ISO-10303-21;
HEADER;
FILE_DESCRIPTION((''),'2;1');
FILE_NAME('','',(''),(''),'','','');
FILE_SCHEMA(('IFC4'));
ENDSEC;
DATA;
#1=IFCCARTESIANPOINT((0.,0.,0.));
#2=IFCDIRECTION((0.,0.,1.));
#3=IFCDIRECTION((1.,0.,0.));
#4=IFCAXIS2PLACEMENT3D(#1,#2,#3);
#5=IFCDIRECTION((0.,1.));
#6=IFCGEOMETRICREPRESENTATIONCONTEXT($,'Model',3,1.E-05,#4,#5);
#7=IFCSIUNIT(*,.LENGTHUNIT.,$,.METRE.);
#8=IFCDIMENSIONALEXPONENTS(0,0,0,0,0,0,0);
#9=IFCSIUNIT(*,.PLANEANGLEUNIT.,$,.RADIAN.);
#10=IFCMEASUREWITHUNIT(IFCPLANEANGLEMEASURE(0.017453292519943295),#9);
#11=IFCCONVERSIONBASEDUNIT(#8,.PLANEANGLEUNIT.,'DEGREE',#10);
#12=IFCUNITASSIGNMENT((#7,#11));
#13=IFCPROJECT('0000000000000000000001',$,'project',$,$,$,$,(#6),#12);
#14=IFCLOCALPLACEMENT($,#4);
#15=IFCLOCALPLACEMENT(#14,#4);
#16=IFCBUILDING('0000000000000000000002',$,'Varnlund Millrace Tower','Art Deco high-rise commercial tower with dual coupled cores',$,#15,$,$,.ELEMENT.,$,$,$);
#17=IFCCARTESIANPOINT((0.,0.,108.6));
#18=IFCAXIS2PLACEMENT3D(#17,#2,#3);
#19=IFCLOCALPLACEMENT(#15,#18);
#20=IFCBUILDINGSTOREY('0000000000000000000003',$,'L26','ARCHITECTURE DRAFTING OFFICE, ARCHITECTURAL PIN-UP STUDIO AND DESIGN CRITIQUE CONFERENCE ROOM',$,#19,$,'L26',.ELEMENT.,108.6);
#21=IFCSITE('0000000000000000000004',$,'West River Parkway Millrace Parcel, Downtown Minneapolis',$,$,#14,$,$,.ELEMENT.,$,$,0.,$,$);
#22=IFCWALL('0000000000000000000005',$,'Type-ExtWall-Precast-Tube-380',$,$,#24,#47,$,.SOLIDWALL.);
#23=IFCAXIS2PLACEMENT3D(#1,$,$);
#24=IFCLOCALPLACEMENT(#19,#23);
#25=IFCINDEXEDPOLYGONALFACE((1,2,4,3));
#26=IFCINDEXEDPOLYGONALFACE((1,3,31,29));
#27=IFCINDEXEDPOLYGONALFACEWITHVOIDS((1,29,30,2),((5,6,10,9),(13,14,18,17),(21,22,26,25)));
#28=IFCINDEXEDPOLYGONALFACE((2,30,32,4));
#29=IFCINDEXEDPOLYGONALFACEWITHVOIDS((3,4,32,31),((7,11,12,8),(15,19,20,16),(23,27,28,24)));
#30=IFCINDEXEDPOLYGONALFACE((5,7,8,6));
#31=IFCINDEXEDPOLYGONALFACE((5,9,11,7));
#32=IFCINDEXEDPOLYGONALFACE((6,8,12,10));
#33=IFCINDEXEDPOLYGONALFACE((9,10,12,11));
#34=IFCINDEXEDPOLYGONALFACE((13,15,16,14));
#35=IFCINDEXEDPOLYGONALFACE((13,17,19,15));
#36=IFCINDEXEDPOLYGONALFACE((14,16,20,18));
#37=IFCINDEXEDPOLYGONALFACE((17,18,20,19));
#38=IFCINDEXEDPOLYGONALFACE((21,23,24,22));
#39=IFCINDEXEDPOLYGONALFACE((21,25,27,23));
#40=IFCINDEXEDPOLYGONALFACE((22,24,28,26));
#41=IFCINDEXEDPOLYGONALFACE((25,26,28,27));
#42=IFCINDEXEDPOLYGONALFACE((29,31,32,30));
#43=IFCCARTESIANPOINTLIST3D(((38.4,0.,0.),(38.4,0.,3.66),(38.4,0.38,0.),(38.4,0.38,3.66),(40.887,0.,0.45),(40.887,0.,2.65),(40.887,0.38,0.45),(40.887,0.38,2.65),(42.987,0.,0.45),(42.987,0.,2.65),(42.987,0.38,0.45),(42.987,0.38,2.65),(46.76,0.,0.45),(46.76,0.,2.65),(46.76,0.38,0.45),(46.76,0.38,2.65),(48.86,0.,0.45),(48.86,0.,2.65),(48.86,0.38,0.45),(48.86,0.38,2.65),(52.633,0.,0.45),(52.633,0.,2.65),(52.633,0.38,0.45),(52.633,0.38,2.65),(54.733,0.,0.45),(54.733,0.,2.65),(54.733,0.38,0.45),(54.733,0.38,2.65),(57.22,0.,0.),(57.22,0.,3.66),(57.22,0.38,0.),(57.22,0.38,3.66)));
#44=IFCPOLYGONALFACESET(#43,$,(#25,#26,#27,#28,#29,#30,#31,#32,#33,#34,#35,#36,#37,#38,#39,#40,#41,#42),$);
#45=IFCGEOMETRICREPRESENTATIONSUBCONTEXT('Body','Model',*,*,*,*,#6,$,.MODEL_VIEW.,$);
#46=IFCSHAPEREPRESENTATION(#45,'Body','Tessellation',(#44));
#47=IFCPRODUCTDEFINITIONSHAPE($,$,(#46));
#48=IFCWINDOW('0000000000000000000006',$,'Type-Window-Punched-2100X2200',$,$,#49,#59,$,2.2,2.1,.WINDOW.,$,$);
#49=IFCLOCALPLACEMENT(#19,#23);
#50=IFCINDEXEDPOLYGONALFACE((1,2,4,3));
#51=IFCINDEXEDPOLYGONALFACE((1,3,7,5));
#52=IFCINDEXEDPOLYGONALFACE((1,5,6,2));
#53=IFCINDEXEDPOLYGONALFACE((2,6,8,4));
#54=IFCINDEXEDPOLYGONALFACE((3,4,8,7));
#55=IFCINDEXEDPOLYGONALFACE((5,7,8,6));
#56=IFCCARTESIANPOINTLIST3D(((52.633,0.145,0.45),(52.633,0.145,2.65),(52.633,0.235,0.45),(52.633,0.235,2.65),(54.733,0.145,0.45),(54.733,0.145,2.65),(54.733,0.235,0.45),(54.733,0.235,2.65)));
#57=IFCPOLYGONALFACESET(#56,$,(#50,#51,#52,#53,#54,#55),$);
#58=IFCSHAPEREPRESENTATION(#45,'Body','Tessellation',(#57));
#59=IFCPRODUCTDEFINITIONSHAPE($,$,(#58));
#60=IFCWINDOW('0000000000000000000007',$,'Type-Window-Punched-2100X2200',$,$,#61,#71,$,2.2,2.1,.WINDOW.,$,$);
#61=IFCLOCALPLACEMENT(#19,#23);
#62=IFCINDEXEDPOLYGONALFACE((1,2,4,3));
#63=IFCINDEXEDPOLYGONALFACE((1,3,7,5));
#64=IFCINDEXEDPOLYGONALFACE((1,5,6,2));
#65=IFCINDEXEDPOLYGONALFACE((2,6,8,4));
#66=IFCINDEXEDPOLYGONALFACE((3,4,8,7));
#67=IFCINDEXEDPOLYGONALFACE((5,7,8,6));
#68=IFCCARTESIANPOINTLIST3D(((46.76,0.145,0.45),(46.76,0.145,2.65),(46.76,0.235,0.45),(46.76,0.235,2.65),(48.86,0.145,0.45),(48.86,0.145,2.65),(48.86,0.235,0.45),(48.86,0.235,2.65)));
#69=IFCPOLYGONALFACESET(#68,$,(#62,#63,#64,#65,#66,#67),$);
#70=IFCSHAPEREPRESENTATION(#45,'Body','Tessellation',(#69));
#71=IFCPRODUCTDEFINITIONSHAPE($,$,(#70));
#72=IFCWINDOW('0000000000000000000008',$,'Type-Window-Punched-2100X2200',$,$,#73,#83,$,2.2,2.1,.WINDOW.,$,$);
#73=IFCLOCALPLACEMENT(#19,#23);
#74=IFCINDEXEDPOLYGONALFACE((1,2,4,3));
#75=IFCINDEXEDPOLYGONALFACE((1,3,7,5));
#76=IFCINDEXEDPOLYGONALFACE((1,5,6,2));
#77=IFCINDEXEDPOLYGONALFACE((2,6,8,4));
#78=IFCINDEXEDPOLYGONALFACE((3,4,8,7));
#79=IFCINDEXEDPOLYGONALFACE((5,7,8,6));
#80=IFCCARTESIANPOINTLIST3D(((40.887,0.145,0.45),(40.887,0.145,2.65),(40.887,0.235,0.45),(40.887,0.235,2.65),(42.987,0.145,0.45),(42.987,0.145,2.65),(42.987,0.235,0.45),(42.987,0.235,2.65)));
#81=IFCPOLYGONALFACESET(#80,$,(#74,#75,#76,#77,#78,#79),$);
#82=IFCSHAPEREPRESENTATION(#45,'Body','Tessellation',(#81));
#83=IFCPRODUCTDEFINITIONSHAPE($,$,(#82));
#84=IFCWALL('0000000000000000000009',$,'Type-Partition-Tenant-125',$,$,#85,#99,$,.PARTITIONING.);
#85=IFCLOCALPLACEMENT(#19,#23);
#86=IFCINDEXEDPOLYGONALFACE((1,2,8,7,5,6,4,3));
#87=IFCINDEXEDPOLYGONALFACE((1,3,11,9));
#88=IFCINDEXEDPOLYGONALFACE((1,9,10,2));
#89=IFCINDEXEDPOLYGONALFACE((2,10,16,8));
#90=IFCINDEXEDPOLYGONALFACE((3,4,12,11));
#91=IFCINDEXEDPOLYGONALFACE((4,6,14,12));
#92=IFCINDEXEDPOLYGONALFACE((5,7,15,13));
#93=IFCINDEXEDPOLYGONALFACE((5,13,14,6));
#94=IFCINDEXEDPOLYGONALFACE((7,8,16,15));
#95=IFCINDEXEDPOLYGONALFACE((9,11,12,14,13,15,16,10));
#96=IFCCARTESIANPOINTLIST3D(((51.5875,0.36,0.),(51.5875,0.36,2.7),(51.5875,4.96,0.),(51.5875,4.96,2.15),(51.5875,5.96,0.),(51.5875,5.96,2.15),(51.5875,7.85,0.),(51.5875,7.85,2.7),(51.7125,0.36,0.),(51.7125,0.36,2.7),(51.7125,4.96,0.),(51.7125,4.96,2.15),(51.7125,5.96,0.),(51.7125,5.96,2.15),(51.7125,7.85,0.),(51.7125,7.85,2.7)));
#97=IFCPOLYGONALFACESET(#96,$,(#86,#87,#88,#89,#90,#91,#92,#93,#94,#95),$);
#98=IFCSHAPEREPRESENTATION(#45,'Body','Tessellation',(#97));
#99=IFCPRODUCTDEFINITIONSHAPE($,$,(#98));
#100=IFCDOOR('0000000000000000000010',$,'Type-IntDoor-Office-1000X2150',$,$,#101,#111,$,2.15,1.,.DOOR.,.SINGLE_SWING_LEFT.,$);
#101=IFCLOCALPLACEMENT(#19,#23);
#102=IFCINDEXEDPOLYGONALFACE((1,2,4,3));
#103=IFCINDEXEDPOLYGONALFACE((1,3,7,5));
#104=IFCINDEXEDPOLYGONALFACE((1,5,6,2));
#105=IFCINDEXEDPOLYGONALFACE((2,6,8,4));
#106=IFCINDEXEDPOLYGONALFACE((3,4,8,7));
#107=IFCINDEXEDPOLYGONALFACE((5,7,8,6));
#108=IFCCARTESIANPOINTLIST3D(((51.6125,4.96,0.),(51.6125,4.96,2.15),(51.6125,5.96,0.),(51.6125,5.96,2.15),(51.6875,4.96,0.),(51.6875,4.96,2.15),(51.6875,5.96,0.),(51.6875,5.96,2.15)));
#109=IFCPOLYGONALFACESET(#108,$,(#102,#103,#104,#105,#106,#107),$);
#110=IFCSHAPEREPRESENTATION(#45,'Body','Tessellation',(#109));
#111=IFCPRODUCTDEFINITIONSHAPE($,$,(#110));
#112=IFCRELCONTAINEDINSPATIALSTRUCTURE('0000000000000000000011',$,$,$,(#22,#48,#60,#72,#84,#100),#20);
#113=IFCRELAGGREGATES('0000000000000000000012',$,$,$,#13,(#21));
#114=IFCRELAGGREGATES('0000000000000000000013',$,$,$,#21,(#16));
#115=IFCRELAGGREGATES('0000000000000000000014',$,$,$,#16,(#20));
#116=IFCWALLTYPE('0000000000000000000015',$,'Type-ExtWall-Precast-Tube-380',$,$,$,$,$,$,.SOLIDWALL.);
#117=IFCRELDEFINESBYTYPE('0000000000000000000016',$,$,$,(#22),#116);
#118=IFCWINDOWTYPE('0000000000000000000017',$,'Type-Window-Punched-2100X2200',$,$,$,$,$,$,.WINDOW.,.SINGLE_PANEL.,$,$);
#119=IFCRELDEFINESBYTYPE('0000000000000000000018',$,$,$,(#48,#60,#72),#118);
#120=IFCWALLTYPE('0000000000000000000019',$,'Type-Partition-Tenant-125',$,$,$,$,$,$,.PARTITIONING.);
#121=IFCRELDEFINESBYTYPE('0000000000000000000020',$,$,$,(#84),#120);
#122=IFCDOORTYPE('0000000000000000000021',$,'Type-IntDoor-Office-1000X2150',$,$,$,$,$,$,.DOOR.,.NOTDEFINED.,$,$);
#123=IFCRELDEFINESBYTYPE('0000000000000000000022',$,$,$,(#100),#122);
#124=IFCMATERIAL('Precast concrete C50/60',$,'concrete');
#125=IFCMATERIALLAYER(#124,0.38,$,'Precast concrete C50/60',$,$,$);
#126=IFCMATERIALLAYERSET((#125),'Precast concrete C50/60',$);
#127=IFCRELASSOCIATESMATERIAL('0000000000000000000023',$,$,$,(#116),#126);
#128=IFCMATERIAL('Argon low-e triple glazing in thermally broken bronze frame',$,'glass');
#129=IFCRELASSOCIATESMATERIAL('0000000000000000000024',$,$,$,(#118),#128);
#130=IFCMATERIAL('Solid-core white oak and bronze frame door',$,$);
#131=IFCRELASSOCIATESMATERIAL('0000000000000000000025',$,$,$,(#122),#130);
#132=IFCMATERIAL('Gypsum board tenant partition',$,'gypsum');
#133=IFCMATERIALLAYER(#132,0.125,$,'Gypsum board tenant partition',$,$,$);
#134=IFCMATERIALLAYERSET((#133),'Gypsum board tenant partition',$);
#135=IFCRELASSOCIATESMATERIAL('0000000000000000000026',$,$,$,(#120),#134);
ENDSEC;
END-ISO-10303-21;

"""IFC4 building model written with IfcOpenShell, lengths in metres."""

from ifc_helpers import new_model, entity, si_unit, converted_unit, direction, frame, origin_with_axes, origin_2d_with_axis, place, context, subcontext, project, spatial, polyline, rectangle, outline, extrude, material, layer, layer_set, type_object, element, fill, save


model = new_model("IFC4")

# Units and contexts
model_context = context("Model", 3, precision=1e-05, world=origin_with_axes(), true_north=direction((0.0, 1.0)))
body_context = subcontext(model_context, "Body", "Model", "MODEL_VIEW")
ifc_project = project(units=[si_unit("LENGTHUNIT", "METRE"), converted_unit("PLANEANGLEUNIT", "DEGREE", entity("IfcPlaneAngleMeasure", 0.017453292519943295), si_unit("PLANEANGLEUNIT", "RADIAN"), dimensions=[0, 0, 0, 0, 0, 0, 0])], contexts=[model_context])

# Site, building, storey
site_placement = place(None, origin_with_axes())
site = spatial("IfcSite", under=ifc_project, at=site_placement, Name="West River Parkway Millrace Parcel, Downtown Minneapolis", CompositionType="ELEMENT", RefElevation=0.0)
building_placement = place(site_placement, origin_with_axes())
building = spatial("IfcBuilding", under=site, at=building_placement, Name="Varnlund Millrace Tower", Description="Art Deco high-rise commercial tower with dual coupled cores", CompositionType="ELEMENT")
storey_placement = place(building_placement, frame((0.0, 0.0, 108.6), z_axis=(0.0, 0.0, 1.0), x_axis=(1.0, 0.0, 0.0)))
storey = spatial("IfcBuildingStorey", under=building, at=storey_placement, Name="L26", Description="ARCHITECTURE DRAFTING OFFICE, ARCHITECTURAL PIN-UP STUDIO AND DESIGN CRITIQUE CONFERENCE ROOM", LongName="L26", CompositionType="ELEMENT", Elevation=108.6)

# Shared definitions
ifc_material_1 = material(Name="Precast concrete C50/60", Category="concrete")
ifc_layer_1 = layer(ifc_material_1, 0.38, Name="Precast concrete C50/60")
ifc_layer_set_1 = layer_set([ifc_layer_1], Name="Precast concrete C50/60")
wall_type_1 = type_object("IfcWallType", Name="Type-ExtWall-Precast-Tube-380", PredefinedType="SOLIDWALL", material=ifc_layer_set_1)

# Wall, openings, windows
wall_1_placement = place(storey_placement, frame((57.22, 0.19, 0.0), z_axis=(0.0, 0.0, 1.0), x_axis=(-1.0, 0.0, 0.0)))
wall_1 = element("IfcWall", 1, at=wall_1_placement, inside=storey, type_object=wall_type_1, Name="Type-ExtWall-Precast-Tube-380", PredefinedType="SOLIDWALL", context=body_context, shape_type="SweptSolid", body=[
    extrude(outline(polyline([(0.0, -0.19), (18.82, -0.19), (18.82, 0.19), (0.0, 0.19), (0.0, -0.19)])), origin_with_axes(), (0.0, 0.0, 1.0), 3.66),
])
opening_1_placement = place(wall_1_placement, frame((3.537, 0.0, 0.45), z_axis=(0.0, 0.0, 1.0), x_axis=(1.0, 0.0, 0.0)))
opening_1 = element("IfcOpeningElement", 2, at=opening_1_placement, cuts=wall_1, PredefinedType="OPENING", context=body_context, shape_type="SweptSolid", body=[
    extrude(rectangle(XDim=2.1, YDim=0.4, at=origin_2d_with_axis()), origin_with_axes(), (0.0, 0.0, 1.0), 2.2),
])
opening_2_placement = place(wall_1_placement, frame((9.41, 0.0, 0.45), z_axis=(0.0, 0.0, 1.0), x_axis=(1.0, 0.0, 0.0)))
opening_2 = element("IfcOpeningElement", 3, at=opening_2_placement, cuts=wall_1, PredefinedType="OPENING", context=body_context, shape_type="SweptSolid", body=[
    extrude(rectangle(XDim=2.1, YDim=0.4, at=origin_2d_with_axis()), origin_with_axes(), (0.0, 0.0, 1.0), 2.2),
])
opening_3_placement = place(wall_1_placement, frame((15.283, 0.0, 0.45), z_axis=(0.0, 0.0, 1.0), x_axis=(1.0, 0.0, 0.0)))
opening_3 = element("IfcOpeningElement", 4, at=opening_3_placement, cuts=wall_1, PredefinedType="OPENING", context=body_context, shape_type="SweptSolid", body=[
    extrude(rectangle(XDim=2.1, YDim=0.4, at=origin_2d_with_axis()), origin_with_axes(), (0.0, 0.0, 1.0), 2.2),
])
ifc_material_2 = material(Name="Argon low-e triple glazing in thermally broken bronze frame", Category="glass")
window_type = type_object("IfcWindowType", Name="Type-Window-Punched-2100X2200", PartitioningType="SINGLE_PANEL", PredefinedType="WINDOW", material=ifc_material_2)
window_1_placement = place(wall_1_placement, frame((3.537, 0.0, 0.45), z_axis=(0.0, 0.0, 1.0), x_axis=(1.0, 0.0, 0.0)))
window_1 = element("IfcWindow", 5, at=window_1_placement, inside=storey, type_object=window_type, Name="Type-Window-Punched-2100X2200", OverallHeight=2.2, OverallWidth=2.1, PredefinedType="WINDOW", context=body_context, shape_type="SweptSolid", body=[
    extrude(rectangle(XDim=2.1, YDim=0.09, at=origin_2d_with_axis()), origin_with_axes(), (0.0, 0.0, 1.0), 2.2),
])
fill(opening_1, window_1)
window_2_placement = place(wall_1_placement, frame((9.41, 0.0, 0.45), z_axis=(0.0, 0.0, 1.0), x_axis=(1.0, 0.0, 0.0)))
window_2 = element("IfcWindow", 6, at=window_2_placement, inside=storey, type_object=window_type, Name="Type-Window-Punched-2100X2200", OverallHeight=2.2, OverallWidth=2.1, PredefinedType="WINDOW", context=body_context, shape_type="SweptSolid", body=[
    extrude(rectangle(XDim=2.1, YDim=0.09, at=origin_2d_with_axis()), origin_with_axes(), (0.0, 0.0, 1.0), 2.2),
])
fill(opening_2, window_2)
window_3_placement = place(wall_1_placement, frame((15.283, 0.0, 0.45), z_axis=(0.0, 0.0, 1.0), x_axis=(1.0, 0.0, 0.0)))
window_3 = element("IfcWindow", 7, at=window_3_placement, inside=storey, type_object=window_type, Name="Type-Window-Punched-2100X2200", OverallHeight=2.2, OverallWidth=2.1, PredefinedType="WINDOW", context=body_context, shape_type="SweptSolid", body=[
    extrude(rectangle(XDim=2.1, YDim=0.09, at=origin_2d_with_axis()), origin_with_axes(), (0.0, 0.0, 1.0), 2.2),
])
fill(opening_3, window_3)

# Shared definitions
ifc_material_3 = material(Name="Solid-core white oak and bronze frame door")
door_type = type_object("IfcDoorType", Name="Type-IntDoor-Office-1000X2150", OperationType="NOTDEFINED", PredefinedType="DOOR", material=ifc_material_3)

# Wall, opening, door
ifc_material_4 = material(Name="Gypsum board tenant partition", Category="gypsum")
ifc_layer_2 = layer(ifc_material_4, 0.125, Name="Gypsum board tenant partition")
ifc_layer_set_2 = layer_set([ifc_layer_2], Name="Gypsum board tenant partition")
wall_type_2 = type_object("IfcWallType", Name="Type-Partition-Tenant-125", PredefinedType="PARTITIONING", material=ifc_layer_set_2)
wall_2_placement = place(storey_placement, frame((51.65, 0.36, 0.0), z_axis=(0.0, 0.0, 1.0), x_axis=(0.0, 1.0, 0.0)))
wall_2 = element("IfcWall", 8, at=wall_2_placement, inside=storey, type_object=wall_type_2, Name="Type-Partition-Tenant-125", PredefinedType="PARTITIONING", context=body_context, shape_type="SweptSolid", body=[
    extrude(outline(polyline([(0.0, -0.0625), (7.49, -0.0625), (7.49, 0.0625), (0.0, 0.0625), (0.0, -0.0625)])), origin_with_axes(), (0.0, 0.0, 1.0), 2.7),
])
opening_4_placement = place(wall_2_placement, frame((5.1, 0.0, 0.0), z_axis=(0.0, 0.0, 1.0), x_axis=(1.0, 0.0, 0.0)))
opening_4 = element("IfcOpeningElement", 9, at=opening_4_placement, cuts=wall_2, PredefinedType="OPENING", context=body_context, shape_type="SweptSolid", body=[
    extrude(rectangle(XDim=1.0, YDim=0.145, at=origin_2d_with_axis()), origin_with_axes(), (0.0, 0.0, 1.0), 2.15),
])
door_1_placement = place(wall_2_placement, frame((5.1, 0.0, 0.0), z_axis=(0.0, 0.0, 1.0), x_axis=(1.0, 0.0, 0.0)))
door_1 = element("IfcDoor", 10, at=door_1_placement, inside=storey, type_object=door_type, Name="Type-IntDoor-Office-1000X2150", OperationType="SINGLE_SWING_LEFT", OverallHeight=2.15, OverallWidth=1.0, PredefinedType="DOOR", context=body_context, shape_type="SweptSolid", body=[
    extrude(rectangle(XDim=1.0, YDim=0.075, at=origin_2d_with_axis()), origin_with_axes(), (0.0, 0.0, 1.0), 2.15),
])
fill(opening_4, door_1)

save(model, "model.ifc")
